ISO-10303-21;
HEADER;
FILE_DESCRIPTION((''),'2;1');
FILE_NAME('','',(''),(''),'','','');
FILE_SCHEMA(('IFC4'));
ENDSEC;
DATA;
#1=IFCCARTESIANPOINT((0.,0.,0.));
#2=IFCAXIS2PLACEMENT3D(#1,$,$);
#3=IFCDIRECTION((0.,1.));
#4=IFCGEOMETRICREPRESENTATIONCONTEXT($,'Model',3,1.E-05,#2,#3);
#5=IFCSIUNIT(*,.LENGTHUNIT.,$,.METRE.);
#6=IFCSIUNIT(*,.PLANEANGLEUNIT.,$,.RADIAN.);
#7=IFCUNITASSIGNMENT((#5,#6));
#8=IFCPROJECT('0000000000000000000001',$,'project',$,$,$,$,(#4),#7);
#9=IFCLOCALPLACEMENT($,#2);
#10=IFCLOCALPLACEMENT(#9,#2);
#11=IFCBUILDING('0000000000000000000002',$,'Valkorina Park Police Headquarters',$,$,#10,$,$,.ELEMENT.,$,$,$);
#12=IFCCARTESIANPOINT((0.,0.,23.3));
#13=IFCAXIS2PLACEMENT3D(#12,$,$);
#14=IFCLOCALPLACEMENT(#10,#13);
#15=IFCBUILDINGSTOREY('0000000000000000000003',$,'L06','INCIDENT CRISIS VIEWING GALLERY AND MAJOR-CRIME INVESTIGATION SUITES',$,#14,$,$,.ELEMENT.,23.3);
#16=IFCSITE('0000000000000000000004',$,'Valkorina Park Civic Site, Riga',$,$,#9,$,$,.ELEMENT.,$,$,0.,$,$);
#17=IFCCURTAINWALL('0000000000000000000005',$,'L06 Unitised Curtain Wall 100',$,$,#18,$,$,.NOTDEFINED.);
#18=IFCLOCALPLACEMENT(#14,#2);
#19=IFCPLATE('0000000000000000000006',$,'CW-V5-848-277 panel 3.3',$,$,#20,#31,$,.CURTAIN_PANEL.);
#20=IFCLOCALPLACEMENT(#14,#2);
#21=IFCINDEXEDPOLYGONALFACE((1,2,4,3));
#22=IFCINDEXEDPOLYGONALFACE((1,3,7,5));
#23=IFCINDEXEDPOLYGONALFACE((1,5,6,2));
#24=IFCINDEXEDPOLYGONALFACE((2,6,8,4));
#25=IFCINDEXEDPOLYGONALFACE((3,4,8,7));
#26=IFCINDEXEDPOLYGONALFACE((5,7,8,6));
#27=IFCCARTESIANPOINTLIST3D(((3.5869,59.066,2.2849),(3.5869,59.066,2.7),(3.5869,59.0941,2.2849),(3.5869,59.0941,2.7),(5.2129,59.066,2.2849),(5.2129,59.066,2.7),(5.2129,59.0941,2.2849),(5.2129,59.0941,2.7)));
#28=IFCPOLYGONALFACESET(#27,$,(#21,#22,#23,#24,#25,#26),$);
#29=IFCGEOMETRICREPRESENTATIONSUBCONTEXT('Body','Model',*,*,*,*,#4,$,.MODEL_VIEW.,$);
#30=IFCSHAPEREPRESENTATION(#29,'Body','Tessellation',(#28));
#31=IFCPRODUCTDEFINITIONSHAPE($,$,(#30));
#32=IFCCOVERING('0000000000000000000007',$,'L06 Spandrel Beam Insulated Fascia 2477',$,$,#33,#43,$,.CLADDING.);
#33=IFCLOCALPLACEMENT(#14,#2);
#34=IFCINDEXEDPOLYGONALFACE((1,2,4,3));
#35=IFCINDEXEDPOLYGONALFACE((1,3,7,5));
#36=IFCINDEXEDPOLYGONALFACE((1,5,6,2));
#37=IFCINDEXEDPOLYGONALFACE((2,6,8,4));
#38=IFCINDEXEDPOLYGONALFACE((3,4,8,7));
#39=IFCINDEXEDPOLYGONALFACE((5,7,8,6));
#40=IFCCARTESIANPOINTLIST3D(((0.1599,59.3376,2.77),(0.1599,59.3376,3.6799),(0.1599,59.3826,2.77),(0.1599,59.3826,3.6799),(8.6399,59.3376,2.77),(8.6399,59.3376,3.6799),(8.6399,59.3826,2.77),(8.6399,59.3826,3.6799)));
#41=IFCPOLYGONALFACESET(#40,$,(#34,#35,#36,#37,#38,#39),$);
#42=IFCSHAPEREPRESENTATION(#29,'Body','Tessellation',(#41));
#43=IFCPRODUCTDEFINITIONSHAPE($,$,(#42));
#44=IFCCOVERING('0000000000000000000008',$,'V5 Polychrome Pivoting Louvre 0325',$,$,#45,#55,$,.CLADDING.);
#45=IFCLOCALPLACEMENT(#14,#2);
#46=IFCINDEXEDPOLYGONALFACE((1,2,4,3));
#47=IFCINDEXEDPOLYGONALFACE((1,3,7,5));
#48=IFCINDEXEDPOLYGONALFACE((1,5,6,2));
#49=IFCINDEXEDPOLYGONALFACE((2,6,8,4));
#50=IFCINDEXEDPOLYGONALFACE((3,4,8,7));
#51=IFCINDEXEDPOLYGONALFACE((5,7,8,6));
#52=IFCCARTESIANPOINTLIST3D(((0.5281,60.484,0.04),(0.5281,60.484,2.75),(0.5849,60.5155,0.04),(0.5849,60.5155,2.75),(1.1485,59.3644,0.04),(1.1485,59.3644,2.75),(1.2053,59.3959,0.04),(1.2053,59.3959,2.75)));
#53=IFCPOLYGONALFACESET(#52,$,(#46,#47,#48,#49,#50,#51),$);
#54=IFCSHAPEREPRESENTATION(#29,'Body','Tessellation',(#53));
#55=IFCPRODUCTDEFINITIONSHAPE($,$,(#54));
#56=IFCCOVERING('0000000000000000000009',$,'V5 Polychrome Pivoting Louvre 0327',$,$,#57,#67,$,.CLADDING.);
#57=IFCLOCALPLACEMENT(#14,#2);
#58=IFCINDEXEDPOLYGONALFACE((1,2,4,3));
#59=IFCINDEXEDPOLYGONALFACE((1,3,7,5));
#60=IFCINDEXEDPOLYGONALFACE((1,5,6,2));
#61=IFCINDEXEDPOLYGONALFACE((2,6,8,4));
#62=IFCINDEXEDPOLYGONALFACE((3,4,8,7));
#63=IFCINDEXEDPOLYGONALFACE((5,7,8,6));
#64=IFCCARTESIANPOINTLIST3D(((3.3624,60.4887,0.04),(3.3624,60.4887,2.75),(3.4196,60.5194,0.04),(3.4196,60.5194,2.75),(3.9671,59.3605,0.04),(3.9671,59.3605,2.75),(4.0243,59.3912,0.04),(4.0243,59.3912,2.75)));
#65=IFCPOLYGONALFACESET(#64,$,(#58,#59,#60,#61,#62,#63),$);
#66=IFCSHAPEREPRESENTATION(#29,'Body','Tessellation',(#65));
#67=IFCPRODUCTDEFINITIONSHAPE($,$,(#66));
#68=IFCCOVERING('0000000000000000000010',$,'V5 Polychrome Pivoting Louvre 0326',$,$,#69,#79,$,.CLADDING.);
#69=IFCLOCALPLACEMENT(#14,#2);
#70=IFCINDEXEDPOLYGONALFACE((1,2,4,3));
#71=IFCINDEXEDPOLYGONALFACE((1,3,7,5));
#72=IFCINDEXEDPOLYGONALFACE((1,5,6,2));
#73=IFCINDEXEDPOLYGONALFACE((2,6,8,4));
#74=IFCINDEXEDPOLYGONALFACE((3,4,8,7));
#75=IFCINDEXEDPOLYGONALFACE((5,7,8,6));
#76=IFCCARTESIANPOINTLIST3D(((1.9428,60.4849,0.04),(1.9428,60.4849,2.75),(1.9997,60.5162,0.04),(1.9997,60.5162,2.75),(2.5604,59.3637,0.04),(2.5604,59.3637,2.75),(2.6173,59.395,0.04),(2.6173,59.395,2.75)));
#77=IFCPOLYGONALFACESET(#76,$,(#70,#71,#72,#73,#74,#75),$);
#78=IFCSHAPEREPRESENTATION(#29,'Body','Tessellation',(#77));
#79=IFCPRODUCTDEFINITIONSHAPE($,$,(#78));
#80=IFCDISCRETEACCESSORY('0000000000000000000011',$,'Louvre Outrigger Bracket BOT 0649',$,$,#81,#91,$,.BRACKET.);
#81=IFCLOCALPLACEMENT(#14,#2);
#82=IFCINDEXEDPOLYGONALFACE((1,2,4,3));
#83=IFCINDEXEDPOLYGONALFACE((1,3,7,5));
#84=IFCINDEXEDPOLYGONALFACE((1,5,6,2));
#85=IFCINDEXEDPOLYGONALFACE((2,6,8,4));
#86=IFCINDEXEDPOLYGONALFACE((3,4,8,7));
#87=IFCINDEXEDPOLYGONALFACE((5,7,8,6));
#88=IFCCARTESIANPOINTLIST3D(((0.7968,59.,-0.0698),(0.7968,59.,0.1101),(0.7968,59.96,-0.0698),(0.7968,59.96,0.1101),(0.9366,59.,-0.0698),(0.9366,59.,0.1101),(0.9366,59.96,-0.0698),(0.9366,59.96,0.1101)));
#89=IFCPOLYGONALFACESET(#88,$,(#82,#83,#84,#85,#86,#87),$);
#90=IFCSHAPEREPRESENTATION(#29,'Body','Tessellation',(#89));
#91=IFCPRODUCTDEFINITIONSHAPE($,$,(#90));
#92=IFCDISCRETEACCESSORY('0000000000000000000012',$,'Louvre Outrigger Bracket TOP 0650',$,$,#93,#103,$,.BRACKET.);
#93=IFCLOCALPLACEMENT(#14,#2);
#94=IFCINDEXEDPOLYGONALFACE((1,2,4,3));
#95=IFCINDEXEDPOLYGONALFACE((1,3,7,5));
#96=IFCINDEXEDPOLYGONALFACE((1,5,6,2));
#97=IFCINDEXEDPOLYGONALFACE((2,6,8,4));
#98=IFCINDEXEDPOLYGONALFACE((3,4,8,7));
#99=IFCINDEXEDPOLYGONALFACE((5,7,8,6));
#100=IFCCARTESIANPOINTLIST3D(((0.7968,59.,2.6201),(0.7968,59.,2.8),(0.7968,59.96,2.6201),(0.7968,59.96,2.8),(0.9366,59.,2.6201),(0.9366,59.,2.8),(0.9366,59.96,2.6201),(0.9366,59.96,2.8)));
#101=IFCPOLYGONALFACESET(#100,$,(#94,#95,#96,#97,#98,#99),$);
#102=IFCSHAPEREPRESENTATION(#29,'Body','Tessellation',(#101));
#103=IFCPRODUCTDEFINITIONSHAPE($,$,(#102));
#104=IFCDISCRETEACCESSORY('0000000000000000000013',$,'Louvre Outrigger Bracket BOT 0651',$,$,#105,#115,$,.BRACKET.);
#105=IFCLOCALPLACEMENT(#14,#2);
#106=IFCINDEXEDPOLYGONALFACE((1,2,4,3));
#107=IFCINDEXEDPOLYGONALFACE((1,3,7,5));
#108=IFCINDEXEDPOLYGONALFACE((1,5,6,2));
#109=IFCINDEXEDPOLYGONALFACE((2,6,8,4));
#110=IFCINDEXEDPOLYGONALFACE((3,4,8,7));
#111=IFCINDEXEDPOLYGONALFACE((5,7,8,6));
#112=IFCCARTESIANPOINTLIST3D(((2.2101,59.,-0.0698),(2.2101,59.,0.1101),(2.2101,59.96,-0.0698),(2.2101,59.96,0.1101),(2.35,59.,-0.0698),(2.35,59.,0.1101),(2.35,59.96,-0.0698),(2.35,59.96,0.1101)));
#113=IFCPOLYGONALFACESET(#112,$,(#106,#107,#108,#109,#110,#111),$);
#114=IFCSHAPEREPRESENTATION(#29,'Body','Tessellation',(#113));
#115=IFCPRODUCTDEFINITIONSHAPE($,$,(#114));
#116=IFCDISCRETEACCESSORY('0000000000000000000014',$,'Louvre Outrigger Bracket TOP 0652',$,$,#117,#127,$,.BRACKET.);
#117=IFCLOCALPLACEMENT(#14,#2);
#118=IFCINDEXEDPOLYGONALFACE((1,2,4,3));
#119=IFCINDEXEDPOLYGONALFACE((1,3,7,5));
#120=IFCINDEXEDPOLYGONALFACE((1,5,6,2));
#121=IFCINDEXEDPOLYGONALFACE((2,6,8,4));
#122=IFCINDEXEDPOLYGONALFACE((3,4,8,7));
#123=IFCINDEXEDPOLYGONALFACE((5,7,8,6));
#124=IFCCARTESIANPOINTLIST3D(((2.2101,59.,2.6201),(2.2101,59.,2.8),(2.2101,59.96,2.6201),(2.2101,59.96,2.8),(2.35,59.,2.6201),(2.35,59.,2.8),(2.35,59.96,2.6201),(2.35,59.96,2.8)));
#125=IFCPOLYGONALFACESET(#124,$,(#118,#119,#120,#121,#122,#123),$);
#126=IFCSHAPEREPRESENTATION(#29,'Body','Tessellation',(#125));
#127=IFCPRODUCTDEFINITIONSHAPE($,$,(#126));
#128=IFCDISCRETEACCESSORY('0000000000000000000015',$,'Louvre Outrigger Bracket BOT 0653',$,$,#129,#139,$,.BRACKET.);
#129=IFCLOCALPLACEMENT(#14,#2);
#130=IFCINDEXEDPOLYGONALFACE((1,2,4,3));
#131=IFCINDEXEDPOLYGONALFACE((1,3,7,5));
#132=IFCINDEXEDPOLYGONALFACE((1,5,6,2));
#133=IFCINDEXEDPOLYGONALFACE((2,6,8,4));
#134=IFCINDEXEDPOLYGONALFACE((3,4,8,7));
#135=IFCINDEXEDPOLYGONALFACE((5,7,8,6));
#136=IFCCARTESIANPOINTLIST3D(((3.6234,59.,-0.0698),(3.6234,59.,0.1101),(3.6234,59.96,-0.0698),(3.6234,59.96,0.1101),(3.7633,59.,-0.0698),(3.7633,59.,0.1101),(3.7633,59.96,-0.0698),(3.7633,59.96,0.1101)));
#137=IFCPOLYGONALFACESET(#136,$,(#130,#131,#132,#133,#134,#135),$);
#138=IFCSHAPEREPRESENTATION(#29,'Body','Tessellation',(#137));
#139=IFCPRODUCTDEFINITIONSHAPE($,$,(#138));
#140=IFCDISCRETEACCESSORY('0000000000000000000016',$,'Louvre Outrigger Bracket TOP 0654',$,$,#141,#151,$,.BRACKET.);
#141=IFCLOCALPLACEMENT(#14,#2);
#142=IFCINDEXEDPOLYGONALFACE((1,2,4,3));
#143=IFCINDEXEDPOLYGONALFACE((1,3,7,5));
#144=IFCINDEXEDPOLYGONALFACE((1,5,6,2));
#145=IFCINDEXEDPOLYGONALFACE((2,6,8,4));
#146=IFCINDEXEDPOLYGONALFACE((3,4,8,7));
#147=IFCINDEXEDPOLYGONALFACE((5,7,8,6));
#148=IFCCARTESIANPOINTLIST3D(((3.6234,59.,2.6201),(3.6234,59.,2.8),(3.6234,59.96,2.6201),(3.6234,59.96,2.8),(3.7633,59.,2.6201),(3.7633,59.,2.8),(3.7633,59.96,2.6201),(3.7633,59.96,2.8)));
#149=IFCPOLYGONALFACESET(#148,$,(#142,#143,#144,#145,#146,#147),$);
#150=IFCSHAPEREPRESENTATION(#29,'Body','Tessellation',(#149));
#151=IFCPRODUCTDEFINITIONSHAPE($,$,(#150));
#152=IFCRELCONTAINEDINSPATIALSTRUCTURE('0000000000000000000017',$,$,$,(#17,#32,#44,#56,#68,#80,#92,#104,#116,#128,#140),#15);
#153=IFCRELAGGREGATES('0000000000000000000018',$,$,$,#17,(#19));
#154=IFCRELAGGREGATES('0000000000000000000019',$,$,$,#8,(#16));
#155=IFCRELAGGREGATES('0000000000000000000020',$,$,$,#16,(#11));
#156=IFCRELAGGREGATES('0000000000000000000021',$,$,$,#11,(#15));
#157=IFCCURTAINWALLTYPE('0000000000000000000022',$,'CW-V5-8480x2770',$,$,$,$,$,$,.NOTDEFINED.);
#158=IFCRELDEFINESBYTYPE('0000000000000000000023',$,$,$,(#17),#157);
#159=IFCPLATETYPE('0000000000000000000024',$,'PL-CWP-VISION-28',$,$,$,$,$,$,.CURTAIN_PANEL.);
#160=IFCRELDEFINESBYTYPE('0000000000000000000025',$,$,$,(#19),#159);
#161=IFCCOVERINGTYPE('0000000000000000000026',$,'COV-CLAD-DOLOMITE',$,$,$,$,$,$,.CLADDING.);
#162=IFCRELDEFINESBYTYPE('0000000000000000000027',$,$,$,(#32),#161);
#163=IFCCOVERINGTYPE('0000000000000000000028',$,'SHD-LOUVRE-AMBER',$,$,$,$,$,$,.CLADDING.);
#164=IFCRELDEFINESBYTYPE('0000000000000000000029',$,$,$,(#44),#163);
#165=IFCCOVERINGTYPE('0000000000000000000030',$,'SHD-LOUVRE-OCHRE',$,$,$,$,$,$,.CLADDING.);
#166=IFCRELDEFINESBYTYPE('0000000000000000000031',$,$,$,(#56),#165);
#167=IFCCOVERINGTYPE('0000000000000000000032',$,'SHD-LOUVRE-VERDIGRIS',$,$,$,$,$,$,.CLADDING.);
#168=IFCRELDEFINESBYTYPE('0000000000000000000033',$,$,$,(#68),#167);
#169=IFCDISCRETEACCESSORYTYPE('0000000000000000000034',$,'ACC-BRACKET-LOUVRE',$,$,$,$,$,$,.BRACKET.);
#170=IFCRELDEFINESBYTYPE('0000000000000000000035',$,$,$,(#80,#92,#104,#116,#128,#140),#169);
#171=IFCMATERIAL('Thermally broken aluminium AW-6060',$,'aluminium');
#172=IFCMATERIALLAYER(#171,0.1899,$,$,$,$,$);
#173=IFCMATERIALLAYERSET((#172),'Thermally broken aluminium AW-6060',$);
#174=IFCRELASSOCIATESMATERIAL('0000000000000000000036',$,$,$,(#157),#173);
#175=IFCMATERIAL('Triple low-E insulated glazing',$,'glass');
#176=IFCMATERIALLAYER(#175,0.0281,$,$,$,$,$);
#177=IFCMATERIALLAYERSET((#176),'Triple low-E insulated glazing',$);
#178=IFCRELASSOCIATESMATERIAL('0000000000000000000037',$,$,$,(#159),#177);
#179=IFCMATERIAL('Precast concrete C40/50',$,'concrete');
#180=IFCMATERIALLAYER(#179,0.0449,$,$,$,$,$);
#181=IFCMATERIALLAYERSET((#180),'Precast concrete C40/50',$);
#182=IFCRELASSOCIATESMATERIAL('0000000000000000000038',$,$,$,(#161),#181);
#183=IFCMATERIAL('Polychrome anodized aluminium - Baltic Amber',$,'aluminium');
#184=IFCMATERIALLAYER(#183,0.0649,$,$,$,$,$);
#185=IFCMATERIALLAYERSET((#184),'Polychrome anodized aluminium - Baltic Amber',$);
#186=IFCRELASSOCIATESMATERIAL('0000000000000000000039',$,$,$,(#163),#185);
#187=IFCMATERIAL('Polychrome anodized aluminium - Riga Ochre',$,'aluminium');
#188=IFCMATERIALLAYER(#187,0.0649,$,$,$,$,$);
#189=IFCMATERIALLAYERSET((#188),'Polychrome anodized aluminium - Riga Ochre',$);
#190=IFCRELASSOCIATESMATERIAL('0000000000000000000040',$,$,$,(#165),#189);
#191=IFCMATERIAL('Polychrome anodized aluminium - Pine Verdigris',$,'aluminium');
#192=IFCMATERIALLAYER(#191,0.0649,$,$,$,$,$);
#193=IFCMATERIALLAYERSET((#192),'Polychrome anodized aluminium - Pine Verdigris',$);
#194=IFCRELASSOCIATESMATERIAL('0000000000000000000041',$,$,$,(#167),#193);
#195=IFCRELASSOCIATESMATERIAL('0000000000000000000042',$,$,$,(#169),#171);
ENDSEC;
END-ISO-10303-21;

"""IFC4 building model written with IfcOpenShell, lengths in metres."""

from ifc_helpers import new_model, si_unit, direction, frame, frame_2d, origin, origin_2d, place, context, subcontext, project, spatial, rectangle, extrude, material, layer, layer_set, type_object, element, aggregate, save


model = new_model("IFC4")

# Units and contexts
model_context = context("Model", 3, precision=1e-05, world=origin(), true_north=direction((0.0, 1.0)))
body_context = subcontext(model_context, "Body", "Model", "MODEL_VIEW")
ifc_project = project(units=[si_unit("LENGTHUNIT", "METRE"), si_unit("PLANEANGLEUNIT", "RADIAN")], contexts=[model_context])

# Site, building, storey
site_placement = place(None, origin())
site = spatial("IfcSite", under=ifc_project, at=site_placement, Name="Valkorina Park Civic Site, Riga", CompositionType="ELEMENT", RefElevation=0.0)
building_placement = place(site_placement, origin())
building = spatial("IfcBuilding", under=site, at=building_placement, Name="Valkorina Park Police Headquarters", CompositionType="ELEMENT")
storey_placement = place(building_placement, frame((0.0, 0.0, 23.3)))
storey = spatial("IfcBuildingStorey", under=building, at=storey_placement, Name="L06", Description="INCIDENT CRISIS VIEWING GALLERY AND MAJOR-CRIME INVESTIGATION SUITES", CompositionType="ELEMENT", Elevation=23.3)

# Curtain wall, plate
ifc_material_1 = material(Name="Thermally broken aluminium AW-6060", Category="aluminium")
ifc_layer_1 = layer(ifc_material_1, 0.1899)
ifc_layer_set_1 = layer_set([ifc_layer_1], Name="Thermally broken aluminium AW-6060")
curtain_wall_type = type_object("IfcCurtainWallType", Name="CW-V5-8480x2770", PredefinedType="NOTDEFINED", material=ifc_layer_set_1)
curtain_wall_placement = place(storey_placement, origin())
curtain_wall = element("IfcCurtainWall", 1, at=curtain_wall_placement, inside=storey, type_object=curtain_wall_type, Name="L06 Unitised Curtain Wall 100", PredefinedType="NOTDEFINED")
ifc_material_2 = material(Name="Triple low-E insulated glazing", Category="glass")
ifc_layer_2 = layer(ifc_material_2, 0.0281)
ifc_layer_set_2 = layer_set([ifc_layer_2], Name="Triple low-E insulated glazing")
plate_type_1 = type_object("IfcPlateType", Name="PL-CWP-VISION-28", PredefinedType="CURTAIN_PANEL", material=ifc_layer_set_2)
plate_1_placement = place(storey_placement, frame((4.3999, 59.0801, 2.2849), z_axis=(0.0, 0.0, 1.0), x_axis=(1.0, 0.0, 0.0)))
plate_1 = element("IfcPlate", 2, at=plate_1_placement, type_object=plate_type_1, Name="CW-V5-848-277 panel 3.3", PredefinedType="CURTAIN_PANEL", context=body_context, shape_type="SweptSolid", body=[
    extrude(rectangle(XDim=1.626, YDim=0.0281, at=origin_2d()), origin(), (0.0, 0.0, 1.0), 0.415),
])
aggregate(curtain_wall, [plate_1])

# Coverings
ifc_material_3 = material(Name="Precast concrete C40/50", Category="concrete")
ifc_layer_3 = layer(ifc_material_3, 0.0449)
ifc_layer_set_3 = layer_set([ifc_layer_3], Name="Precast concrete C40/50")
covering_type_1 = type_object("IfcCoveringType", Name="COV-CLAD-DOLOMITE", PredefinedType="CLADDING", material=ifc_layer_set_3)
covering_1_placement = place(storey_placement, frame((0.1599, 59.3601, 2.77), z_axis=(0.0, 0.0, 1.0), x_axis=(1.0, 0.0, 0.0)))
element("IfcCovering", 3, at=covering_1_placement, inside=storey, type_object=covering_type_1, Name="L06 Spandrel Beam Insulated Fascia 2477", PredefinedType="CLADDING", context=body_context, shape_type="SweptSolid", body=[
    extrude(rectangle(XDim=8.48, YDim=0.0449, at=frame_2d((4.24, 0.0))), origin(), (0.0, 0.0, 1.0), 0.9099),
])
ifc_material_4 = material(Name="Polychrome anodized aluminium - Baltic Amber", Category="aluminium")
ifc_layer_4 = layer(ifc_material_4, 0.0649)
ifc_layer_set_4 = layer_set([ifc_layer_4], Name="Polychrome anodized aluminium - Baltic Amber")
covering_type_2 = type_object("IfcCoveringType", Name="SHD-LOUVRE-AMBER", PredefinedType="CLADDING", material=ifc_layer_set_4)
covering_2_placement = place(storey_placement, frame((0.8667, 59.9399, 0.04), z_axis=(0.0, 0.0, 1.0), x_axis=(-0.484657, 0.874704, 0.0)))
element("IfcCovering", 4, at=covering_2_placement, inside=storey, type_object=covering_type_2, Name="V5 Polychrome Pivoting Louvre 0325", PredefinedType="CLADDING", context=body_context, shape_type="SweptSolid", body=[
    extrude(rectangle(XDim=1.28, YDim=0.0649, at=origin_2d()), origin(), (0.0, 0.0, 1.0), 2.71),
])
ifc_material_5 = material(Name="Polychrome anodized aluminium - Riga Ochre", Category="aluminium")
ifc_layer_5 = layer(ifc_material_5, 0.0649)
ifc_layer_set_5 = layer_set([ifc_layer_5], Name="Polychrome anodized aluminium - Riga Ochre")
covering_type_3 = type_object("IfcCoveringType", Name="SHD-LOUVRE-OCHRE", PredefinedType="CLADDING", material=ifc_layer_set_5)
covering_3_placement = place(storey_placement, frame((3.6934, 59.9399, 0.04), z_axis=(0.0, 0.0, 1.0), x_axis=(-0.472397, 0.881386, 0.0)))
element("IfcCovering", 5, at=covering_3_placement, inside=storey, type_object=covering_type_3, Name="V5 Polychrome Pivoting Louvre 0327", PredefinedType="CLADDING", context=body_context, shape_type="SweptSolid", body=[
    extrude(rectangle(XDim=1.28, YDim=0.0649, at=origin_2d()), origin(), (0.0, 0.0, 1.0), 2.71),
])
ifc_material_6 = material(Name="Polychrome anodized aluminium - Pine Verdigris", Category="aluminium")
ifc_layer_6 = layer(ifc_material_6, 0.0649)
ifc_layer_set_6 = layer_set([ifc_layer_6], Name="Polychrome anodized aluminium - Pine Verdigris")
covering_type_4 = type_object("IfcCoveringType", Name="SHD-LOUVRE-VERDIGRIS", PredefinedType="CLADDING", material=ifc_layer_set_6)
covering_4_placement = place(storey_placement, frame((2.28, 59.9399, 0.04), z_axis=(0.0, 0.0, 1.0), x_axis=(-0.482518, 0.875886, 0.0)))
element("IfcCovering", 6, at=covering_4_placement, inside=storey, type_object=covering_type_4, Name="V5 Polychrome Pivoting Louvre 0326", PredefinedType="CLADDING", context=body_context, shape_type="SweptSolid", body=[
    extrude(rectangle(XDim=1.28, YDim=0.0649, at=origin_2d()), origin(), (0.0, 0.0, 1.0), 2.71),
])

# Discrete accessories
discrete_accessory_type = type_object("IfcDiscreteAccessoryType", Name="ACC-BRACKET-LOUVRE", PredefinedType="BRACKET", material=ifc_material_1)
for number, where, z_axis, x_axis, name in (
    (7, (0.8667, 59.48, -0.0698), (0.0, 0.0, 1.0), (0.0, 1.0, 0.0), "Louvre Outrigger Bracket BOT 0649"),
    (8, (0.8667, 59.48, 2.6201), (0.0, 0.0, 1.0), (0.0, 1.0, 0.0), "Louvre Outrigger Bracket TOP 0650"),
    (9, (2.28, 59.48, -0.0698), (0.0, 0.0, 1.0), (0.0, 1.0, 0.0), "Louvre Outrigger Bracket BOT 0651"),
    (10, (2.28, 59.48, 2.6201), (0.0, 0.0, 1.0), (0.0, 1.0, 0.0), "Louvre Outrigger Bracket TOP 0652"),
    (11, (3.6934, 59.48, -0.0698), (0.0, 0.0, 1.0), (0.0, 1.0, 0.0), "Louvre Outrigger Bracket BOT 0653"),
    (12, (3.6934, 59.48, 2.6201), (0.0, 0.0, 1.0), (0.0, 1.0, 0.0), "Louvre Outrigger Bracket TOP 0654"),
):
    element("IfcDiscreteAccessory", number, at=place(storey_placement, frame(where, z_axis=z_axis, x_axis=x_axis)), inside=storey, type_object=discrete_accessory_type, Name=name, PredefinedType="BRACKET", context=body_context, shape_type="SweptSolid", body=[
        extrude(rectangle(XDim=0.96, YDim=0.1399, at=origin_2d()), origin(), (0.0, 0.0, 1.0), 0.1799),
    ])

save(model, "model.ifc")
